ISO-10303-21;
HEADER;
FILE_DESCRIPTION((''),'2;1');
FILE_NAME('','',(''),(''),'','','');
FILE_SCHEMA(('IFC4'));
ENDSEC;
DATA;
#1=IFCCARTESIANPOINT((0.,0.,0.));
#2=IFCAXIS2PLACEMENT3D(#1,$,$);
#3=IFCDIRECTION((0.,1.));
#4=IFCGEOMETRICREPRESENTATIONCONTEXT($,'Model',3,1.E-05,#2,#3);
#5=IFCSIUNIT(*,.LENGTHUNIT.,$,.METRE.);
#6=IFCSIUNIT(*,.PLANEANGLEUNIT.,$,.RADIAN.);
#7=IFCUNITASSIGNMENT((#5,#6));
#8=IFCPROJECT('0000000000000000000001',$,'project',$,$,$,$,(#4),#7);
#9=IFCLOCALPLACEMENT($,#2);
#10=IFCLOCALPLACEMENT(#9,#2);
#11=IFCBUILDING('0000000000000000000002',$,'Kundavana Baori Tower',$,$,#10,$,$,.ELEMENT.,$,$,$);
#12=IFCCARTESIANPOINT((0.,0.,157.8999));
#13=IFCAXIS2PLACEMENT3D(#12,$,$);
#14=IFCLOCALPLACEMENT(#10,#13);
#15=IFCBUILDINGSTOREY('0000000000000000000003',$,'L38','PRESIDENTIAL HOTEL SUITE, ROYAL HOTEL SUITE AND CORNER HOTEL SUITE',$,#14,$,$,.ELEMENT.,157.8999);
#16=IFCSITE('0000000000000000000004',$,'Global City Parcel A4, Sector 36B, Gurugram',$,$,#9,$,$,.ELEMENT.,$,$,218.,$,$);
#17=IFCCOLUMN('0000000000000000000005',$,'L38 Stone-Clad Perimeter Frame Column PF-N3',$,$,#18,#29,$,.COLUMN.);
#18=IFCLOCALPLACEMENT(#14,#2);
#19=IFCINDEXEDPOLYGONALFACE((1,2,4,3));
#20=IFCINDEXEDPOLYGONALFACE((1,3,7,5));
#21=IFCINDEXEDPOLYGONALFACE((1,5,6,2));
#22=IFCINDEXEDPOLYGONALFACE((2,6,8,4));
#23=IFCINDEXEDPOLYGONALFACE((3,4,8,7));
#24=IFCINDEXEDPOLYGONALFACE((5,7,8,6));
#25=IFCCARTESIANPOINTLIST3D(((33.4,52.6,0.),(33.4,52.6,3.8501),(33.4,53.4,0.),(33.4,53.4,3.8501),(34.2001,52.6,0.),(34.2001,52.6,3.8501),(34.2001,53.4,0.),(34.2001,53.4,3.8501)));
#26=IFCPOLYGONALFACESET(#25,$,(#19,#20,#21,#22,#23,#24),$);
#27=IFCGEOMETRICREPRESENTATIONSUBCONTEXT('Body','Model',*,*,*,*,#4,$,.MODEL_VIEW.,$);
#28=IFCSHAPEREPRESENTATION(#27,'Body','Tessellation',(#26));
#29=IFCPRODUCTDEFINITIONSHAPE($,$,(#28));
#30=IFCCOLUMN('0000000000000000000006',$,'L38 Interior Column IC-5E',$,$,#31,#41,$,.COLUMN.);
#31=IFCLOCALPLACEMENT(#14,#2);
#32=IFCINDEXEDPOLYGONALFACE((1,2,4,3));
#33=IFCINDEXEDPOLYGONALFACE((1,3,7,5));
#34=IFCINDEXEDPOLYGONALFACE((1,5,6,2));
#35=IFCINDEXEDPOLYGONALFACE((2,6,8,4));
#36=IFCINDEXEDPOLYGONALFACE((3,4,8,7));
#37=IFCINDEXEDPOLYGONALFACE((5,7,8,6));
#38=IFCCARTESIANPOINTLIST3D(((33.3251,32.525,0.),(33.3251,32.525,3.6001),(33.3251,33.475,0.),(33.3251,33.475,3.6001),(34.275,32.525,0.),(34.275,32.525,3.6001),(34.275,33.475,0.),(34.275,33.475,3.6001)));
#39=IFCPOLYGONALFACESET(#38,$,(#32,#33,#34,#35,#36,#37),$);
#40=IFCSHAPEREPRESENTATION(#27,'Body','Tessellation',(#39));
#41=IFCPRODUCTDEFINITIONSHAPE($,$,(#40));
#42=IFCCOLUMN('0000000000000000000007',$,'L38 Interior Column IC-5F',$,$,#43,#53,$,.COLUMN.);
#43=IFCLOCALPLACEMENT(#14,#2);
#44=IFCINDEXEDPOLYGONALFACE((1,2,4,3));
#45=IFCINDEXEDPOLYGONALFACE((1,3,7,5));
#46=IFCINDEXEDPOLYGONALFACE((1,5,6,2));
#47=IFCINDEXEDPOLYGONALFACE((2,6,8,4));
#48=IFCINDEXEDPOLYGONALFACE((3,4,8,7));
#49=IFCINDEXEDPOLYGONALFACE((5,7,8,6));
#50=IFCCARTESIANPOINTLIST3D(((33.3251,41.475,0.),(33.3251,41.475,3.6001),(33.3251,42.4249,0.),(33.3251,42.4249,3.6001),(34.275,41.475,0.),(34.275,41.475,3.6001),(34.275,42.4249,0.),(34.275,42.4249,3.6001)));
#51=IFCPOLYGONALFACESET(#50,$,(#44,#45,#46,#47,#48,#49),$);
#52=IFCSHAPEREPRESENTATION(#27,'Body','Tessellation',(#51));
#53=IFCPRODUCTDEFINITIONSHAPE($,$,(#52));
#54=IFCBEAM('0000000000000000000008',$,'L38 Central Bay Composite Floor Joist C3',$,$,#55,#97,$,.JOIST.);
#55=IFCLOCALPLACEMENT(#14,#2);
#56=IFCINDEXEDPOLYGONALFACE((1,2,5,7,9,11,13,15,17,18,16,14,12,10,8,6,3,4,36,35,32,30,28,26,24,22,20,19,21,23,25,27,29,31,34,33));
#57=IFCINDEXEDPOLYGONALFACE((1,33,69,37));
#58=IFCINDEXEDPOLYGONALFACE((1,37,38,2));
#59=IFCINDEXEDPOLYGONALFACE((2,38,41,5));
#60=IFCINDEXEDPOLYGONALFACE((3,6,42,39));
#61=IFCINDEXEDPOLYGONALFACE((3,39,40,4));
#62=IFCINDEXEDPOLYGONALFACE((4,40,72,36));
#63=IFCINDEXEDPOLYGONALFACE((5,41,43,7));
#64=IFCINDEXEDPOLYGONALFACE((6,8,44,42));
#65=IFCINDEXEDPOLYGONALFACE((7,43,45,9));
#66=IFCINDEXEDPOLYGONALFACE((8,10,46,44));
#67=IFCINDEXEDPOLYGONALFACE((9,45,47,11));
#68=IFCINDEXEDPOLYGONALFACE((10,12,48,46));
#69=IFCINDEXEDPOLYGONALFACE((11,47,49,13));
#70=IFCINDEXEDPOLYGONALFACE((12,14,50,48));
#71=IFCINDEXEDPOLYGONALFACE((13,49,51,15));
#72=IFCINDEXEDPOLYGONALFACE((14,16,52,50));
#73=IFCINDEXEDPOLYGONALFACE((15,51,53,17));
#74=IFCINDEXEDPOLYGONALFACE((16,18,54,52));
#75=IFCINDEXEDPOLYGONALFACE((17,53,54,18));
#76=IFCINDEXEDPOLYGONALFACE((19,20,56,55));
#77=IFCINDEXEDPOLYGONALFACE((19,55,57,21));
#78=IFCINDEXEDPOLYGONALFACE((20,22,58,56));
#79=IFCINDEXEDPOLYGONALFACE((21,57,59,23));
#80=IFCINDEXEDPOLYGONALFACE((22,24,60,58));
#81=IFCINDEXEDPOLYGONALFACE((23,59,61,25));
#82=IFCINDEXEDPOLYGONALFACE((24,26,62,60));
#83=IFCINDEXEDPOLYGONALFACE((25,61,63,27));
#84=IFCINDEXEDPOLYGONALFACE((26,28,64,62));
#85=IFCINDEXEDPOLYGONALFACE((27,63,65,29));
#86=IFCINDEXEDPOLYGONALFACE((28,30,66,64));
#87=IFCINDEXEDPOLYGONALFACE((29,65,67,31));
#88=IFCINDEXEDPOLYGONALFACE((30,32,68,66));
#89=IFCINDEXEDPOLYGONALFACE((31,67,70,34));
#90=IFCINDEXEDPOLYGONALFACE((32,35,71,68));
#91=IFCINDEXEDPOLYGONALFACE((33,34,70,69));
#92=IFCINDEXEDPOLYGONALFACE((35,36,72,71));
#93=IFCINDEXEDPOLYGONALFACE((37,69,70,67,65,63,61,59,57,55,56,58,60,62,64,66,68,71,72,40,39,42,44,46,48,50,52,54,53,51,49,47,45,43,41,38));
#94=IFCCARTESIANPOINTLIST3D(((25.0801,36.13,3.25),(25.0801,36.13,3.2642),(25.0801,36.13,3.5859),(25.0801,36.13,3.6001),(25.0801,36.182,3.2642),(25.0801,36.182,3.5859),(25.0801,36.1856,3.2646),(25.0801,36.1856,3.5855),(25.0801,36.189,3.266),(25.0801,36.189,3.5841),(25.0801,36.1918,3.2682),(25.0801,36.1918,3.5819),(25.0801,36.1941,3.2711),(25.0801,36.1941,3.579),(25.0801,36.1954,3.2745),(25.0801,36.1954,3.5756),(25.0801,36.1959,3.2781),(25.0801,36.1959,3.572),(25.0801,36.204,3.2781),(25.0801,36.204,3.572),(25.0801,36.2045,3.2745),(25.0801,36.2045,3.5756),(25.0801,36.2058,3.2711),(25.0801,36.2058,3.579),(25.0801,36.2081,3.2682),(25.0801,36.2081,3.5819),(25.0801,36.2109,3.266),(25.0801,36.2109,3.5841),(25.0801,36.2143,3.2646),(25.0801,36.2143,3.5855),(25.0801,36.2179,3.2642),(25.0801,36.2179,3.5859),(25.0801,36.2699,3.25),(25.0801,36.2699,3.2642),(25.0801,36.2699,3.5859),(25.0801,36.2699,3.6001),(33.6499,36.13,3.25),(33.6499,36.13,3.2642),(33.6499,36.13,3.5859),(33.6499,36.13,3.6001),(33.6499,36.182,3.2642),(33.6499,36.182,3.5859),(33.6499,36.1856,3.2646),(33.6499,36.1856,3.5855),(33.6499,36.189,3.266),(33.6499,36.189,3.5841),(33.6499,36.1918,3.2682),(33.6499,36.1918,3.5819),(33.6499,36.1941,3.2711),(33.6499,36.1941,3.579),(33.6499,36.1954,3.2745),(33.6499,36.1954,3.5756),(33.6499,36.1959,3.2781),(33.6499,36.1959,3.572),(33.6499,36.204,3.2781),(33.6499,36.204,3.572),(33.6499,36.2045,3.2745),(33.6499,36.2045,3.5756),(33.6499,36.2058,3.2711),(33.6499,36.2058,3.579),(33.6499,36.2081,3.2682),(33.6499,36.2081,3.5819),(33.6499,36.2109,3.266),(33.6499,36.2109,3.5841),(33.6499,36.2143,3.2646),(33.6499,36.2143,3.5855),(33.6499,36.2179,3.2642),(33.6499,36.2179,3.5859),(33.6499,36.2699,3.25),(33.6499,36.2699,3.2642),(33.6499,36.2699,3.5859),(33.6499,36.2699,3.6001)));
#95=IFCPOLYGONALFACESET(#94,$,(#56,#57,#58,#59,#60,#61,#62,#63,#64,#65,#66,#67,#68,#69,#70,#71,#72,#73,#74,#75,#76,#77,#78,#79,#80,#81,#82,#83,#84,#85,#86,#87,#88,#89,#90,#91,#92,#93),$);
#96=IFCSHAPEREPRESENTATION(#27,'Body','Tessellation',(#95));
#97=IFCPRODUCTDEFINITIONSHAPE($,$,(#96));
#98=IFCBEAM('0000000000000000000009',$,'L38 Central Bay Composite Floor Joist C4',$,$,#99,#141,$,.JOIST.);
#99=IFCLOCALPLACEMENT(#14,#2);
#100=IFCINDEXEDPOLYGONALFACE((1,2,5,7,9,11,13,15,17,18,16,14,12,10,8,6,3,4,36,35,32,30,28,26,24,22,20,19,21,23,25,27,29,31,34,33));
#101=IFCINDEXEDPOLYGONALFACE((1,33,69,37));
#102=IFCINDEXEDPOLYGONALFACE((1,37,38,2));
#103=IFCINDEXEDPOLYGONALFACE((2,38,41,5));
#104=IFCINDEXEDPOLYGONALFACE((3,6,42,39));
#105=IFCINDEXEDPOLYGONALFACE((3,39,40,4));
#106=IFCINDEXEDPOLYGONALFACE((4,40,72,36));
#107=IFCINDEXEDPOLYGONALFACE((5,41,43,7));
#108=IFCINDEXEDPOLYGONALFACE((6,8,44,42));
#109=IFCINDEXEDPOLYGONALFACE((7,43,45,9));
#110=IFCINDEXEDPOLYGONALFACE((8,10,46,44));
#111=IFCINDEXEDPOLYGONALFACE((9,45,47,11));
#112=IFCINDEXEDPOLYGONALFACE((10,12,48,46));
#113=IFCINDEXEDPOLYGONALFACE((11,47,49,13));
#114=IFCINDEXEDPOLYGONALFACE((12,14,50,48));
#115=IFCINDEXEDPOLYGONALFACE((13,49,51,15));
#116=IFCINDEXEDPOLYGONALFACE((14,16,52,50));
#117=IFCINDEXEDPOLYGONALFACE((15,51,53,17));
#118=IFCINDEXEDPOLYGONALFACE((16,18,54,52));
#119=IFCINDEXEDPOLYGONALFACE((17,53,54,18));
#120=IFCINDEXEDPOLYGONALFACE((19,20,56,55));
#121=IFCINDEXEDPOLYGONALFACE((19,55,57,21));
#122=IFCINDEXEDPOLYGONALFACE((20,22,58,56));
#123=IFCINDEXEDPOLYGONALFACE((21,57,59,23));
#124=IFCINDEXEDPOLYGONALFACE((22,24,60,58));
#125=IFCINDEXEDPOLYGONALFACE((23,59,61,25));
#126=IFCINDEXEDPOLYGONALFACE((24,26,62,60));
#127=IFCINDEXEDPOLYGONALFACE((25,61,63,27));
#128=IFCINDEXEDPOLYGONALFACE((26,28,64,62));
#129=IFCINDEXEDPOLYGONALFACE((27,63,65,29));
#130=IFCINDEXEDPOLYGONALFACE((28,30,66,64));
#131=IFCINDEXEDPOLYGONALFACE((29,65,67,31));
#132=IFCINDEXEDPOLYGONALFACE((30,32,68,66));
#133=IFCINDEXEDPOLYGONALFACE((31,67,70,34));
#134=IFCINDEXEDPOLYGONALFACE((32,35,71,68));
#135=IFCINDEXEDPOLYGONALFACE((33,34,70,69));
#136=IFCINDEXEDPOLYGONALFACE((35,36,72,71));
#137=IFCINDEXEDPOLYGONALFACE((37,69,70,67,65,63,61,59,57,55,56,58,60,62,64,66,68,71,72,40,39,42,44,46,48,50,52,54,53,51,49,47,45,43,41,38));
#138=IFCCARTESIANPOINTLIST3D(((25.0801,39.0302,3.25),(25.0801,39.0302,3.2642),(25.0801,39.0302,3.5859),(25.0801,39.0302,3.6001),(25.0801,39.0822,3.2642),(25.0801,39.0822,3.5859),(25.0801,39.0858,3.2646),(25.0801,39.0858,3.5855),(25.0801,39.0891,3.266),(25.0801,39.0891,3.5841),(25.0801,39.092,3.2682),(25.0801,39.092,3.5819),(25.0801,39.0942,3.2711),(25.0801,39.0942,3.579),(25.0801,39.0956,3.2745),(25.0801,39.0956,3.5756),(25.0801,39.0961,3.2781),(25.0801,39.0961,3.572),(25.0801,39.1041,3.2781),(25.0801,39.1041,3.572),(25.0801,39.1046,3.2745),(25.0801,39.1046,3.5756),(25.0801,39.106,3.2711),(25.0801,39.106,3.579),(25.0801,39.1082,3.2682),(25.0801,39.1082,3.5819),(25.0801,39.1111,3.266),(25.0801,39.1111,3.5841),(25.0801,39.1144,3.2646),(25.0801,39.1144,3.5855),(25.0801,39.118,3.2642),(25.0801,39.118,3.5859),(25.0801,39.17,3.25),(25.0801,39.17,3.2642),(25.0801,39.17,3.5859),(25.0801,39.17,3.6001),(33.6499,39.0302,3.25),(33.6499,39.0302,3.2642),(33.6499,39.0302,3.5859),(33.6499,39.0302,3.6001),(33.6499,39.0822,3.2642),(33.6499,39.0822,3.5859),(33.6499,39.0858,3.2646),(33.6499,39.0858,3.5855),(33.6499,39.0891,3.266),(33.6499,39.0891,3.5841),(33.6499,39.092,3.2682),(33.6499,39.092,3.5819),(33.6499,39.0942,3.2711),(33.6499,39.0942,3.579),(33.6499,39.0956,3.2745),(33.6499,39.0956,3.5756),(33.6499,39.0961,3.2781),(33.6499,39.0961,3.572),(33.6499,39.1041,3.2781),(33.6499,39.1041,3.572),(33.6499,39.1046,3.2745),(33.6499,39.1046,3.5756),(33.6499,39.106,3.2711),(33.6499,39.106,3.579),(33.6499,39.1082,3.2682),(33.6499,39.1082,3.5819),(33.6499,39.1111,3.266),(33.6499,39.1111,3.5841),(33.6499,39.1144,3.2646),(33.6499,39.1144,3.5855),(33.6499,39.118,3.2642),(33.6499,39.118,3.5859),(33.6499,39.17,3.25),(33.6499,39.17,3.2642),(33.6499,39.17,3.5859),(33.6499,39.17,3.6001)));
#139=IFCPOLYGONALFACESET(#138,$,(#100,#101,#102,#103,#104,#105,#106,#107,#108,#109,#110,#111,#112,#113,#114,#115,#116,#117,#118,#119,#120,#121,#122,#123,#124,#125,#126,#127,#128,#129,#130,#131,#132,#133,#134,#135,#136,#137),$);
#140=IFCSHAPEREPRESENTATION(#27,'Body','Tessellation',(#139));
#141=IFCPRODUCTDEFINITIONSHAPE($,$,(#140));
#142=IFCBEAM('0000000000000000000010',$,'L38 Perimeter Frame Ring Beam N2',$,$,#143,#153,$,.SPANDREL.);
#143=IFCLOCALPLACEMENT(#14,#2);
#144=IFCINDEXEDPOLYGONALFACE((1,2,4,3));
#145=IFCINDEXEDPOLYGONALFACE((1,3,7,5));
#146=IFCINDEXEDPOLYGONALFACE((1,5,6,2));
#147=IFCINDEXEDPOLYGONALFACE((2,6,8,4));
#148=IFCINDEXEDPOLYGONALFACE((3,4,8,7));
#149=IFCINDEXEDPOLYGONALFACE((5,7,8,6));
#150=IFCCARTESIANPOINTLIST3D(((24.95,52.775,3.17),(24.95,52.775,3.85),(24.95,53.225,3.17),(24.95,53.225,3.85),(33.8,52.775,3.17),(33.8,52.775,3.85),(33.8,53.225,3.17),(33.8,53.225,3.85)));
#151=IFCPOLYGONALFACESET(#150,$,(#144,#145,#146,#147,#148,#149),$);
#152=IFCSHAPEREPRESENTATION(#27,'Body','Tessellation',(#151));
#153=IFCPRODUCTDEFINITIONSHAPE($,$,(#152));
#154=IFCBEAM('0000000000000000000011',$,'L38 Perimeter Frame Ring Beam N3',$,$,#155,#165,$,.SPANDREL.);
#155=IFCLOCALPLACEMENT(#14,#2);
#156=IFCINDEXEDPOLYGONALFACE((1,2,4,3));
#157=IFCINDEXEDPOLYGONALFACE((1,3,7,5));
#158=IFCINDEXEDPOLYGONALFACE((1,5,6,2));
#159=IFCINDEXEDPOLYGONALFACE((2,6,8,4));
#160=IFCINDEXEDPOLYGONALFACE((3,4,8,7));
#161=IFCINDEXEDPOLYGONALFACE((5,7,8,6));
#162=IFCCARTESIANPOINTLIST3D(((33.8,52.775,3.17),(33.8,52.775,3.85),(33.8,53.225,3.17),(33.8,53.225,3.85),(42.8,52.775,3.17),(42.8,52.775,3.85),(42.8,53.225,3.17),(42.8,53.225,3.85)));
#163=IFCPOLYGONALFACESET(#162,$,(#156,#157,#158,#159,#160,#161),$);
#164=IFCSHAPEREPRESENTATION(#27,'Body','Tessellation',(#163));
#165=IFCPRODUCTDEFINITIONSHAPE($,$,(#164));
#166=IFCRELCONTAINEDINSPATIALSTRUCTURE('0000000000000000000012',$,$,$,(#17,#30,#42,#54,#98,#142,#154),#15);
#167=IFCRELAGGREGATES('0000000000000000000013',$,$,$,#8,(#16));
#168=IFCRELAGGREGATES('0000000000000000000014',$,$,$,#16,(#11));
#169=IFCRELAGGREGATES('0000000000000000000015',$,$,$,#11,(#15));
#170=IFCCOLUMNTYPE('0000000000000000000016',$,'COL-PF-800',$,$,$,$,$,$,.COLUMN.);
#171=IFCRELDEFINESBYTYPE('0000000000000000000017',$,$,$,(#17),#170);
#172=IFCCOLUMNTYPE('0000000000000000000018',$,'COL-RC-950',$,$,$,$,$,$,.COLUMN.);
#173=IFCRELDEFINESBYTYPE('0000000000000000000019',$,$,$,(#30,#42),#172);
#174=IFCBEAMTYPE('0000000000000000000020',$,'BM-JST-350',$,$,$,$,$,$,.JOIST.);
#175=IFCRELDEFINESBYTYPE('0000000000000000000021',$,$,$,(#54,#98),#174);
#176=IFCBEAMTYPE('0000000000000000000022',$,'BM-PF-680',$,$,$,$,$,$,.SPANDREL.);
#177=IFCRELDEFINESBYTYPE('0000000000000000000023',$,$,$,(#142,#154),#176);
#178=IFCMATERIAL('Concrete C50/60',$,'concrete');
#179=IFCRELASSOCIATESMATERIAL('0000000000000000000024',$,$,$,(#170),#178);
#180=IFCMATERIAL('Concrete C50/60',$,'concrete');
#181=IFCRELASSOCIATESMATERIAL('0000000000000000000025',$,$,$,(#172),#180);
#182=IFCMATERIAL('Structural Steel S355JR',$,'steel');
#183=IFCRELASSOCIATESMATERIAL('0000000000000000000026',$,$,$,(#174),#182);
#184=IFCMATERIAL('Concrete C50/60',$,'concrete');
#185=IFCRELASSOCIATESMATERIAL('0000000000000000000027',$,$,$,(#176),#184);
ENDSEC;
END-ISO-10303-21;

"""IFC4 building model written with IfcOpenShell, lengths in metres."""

from ifc_helpers import new_model, si_unit, direction, frame, origin, origin_2d, place, context, subcontext, project, spatial, rectangle, i_section, extrude, material, material_profile, profile_set, type_object, element, save


model = new_model("IFC4")

# Units and contexts
model_context = context("Model", 3, precision=1e-05, world=origin(), true_north=direction((0.0, 1.0)))
body_context = subcontext(model_context, "Body", "Model", "MODEL_VIEW")
ifc_project = project(units=[si_unit("LENGTHUNIT", "METRE"), si_unit("PLANEANGLEUNIT", "RADIAN")], contexts=[model_context])

# Site, building, storey
site_placement = place(None, origin())
site = spatial("IfcSite", under=ifc_project, at=site_placement, Name="Global City Parcel A4, Sector 36B, Gurugram", CompositionType="ELEMENT", RefElevation=218.0)
building_placement = place(site_placement, origin())
building = spatial("IfcBuilding", under=site, at=building_placement, Name="Kundavana Baori Tower", CompositionType="ELEMENT")
storey_placement = place(building_placement, frame((0.0, 0.0, 157.8999)))
storey = spatial("IfcBuildingStorey", under=building, at=storey_placement, Name="L38", Description="PRESIDENTIAL HOTEL SUITE, ROYAL HOTEL SUITE AND CORNER HOTEL SUITE", CompositionType="ELEMENT", Elevation=157.8999)

# Columns
ifc_material_1 = material(Name="Concrete C50/60", Category="concrete")
ifc_material_profile_1 = material_profile(ifc_material_1, rectangle(XDim=0.8, YDim=0.8, at=origin_2d()), Name="RC PF 800x800")
ifc_profile_set_1 = profile_set([ifc_material_profile_1], Name="Concrete C50/60")
column_type_1 = type_object("IfcColumnType", Name="COL-PF-800", PredefinedType="COLUMN", material=ifc_profile_set_1)
column_placement = place(storey_placement, frame((33.8, 53.0, 0.0), z_axis=(0.0, 0.0, 1.0), x_axis=(1.0, 0.0, 0.0)))
element("IfcColumn", 1, at=column_placement, inside=storey, type_object=column_type_1, Name="L38 Stone-Clad Perimeter Frame Column PF-N3", PredefinedType="COLUMN", context=body_context, shape_type="SweptSolid", body=[
    extrude(rectangle(XDim=0.8, YDim=0.8, at=origin_2d()), origin(), (0.0, 0.0, 1.0), 3.8501),
])
ifc_material_2 = material(Name="Concrete C50/60", Category="concrete")
ifc_material_profile_2 = material_profile(ifc_material_2, rectangle(XDim=0.95, YDim=0.95, at=origin_2d()), Name="RC 950x950")
ifc_profile_set_2 = profile_set([ifc_material_profile_2], Name="Concrete C50/60")
column_type_2 = type_object("IfcColumnType", Name="COL-RC-950", PredefinedType="COLUMN", material=ifc_profile_set_2)
for number, where, z_axis, x_axis, name in (
    (2, (33.8, 33.0, 0.0), (0.0, 0.0, 1.0), (1.0, 0.0, 0.0), "L38 Interior Column IC-5E"),
    (3, (33.8, 41.95, 0.0), (0.0, 0.0, 1.0), (1.0, 0.0, 0.0), "L38 Interior Column IC-5F"),
):
    element("IfcColumn", number, at=place(storey_placement, frame(where, z_axis=z_axis, x_axis=x_axis)), inside=storey, type_object=column_type_2, Name=name, PredefinedType="COLUMN", context=body_context, shape_type="SweptSolid", body=[
        extrude(rectangle(XDim=0.95, YDim=0.95, at=origin_2d()), origin(), (0.0, 0.0, 1.0), 3.6001),
    ])

# Beams
ifc_material_3 = material(Name="Structural Steel S355JR", Category="steel")
ifc_material_profile_3 = material_profile(ifc_material_3, i_section(OverallWidth=0.1399, OverallDepth=0.3501, WebThickness=0.0081, FlangeThickness=0.0142, FilletRadius=0.0139, at=origin_2d()), Name="ISMB 350")
ifc_profile_set_3 = profile_set([ifc_material_profile_3], Name="Structural Steel S355JR")
beam_type_1 = type_object("IfcBeamType", Name="BM-JST-350", PredefinedType="JOIST", material=ifc_profile_set_3)
for number, where, z_axis, x_axis, name in (
    (4, (25.0801, 36.2, 3.425), (1.0, 0.0, 0.0), (0.0, 1.0, 0.0), "L38 Central Bay Composite Floor Joist C3"),
    (5, (25.0801, 39.1001, 3.425), (1.0, 0.0, 0.0), (0.0, 1.0, 0.0), "L38 Central Bay Composite Floor Joist C4"),
):
    element("IfcBeam", number, at=place(storey_placement, frame(where, z_axis=z_axis, x_axis=x_axis)), inside=storey, type_object=beam_type_1, Name=name, PredefinedType="JOIST", context=body_context, shape_type="SweptSolid", body=[
        extrude(i_section(OverallWidth=0.1399, OverallDepth=0.3501, WebThickness=0.0081, FlangeThickness=0.0142, FilletRadius=0.0139, at=origin_2d()), origin(), (0.0, 0.0, 1.0), 8.5698),
    ])
ifc_material_4 = material(Name="Concrete C50/60", Category="concrete")
ifc_material_profile_4 = material_profile(ifc_material_4, rectangle(XDim=0.45, YDim=0.6799, at=origin_2d()), Name="RC BM 450x680")
ifc_profile_set_4 = profile_set([ifc_material_profile_4], Name="Concrete C50/60")
beam_type_2 = type_object("IfcBeamType", Name="BM-PF-680", PredefinedType="SPANDREL", material=ifc_profile_set_4)
beam_1_placement = place(storey_placement, frame((24.95, 53.0, 3.51), z_axis=(1.0, 0.0, 0.0), x_axis=(0.0, 1.0, 0.0)))
element("IfcBeam", 6, at=beam_1_placement, inside=storey, type_object=beam_type_2, Name="L38 Perimeter Frame Ring Beam N2", PredefinedType="SPANDREL", context=body_context, shape_type="SweptSolid", body=[
    extrude(rectangle(XDim=0.45, YDim=0.6799, at=origin_2d()), origin(), (0.0, 0.0, 1.0), 8.8501),
])
beam_2_placement = place(storey_placement, frame((33.8, 53.0, 3.51), z_axis=(1.0, 0.0, 0.0), x_axis=(0.0, 1.0, 0.0)))
element("IfcBeam", 7, at=beam_2_placement, inside=storey, type_object=beam_type_2, Name="L38 Perimeter Frame Ring Beam N3", PredefinedType="SPANDREL", context=body_context, shape_type="SweptSolid", body=[
    extrude(rectangle(XDim=0.45, YDim=0.6799, at=origin_2d()), origin(), (0.0, 0.0, 1.0), 9.0),
])

save(model, "model.ifc")
